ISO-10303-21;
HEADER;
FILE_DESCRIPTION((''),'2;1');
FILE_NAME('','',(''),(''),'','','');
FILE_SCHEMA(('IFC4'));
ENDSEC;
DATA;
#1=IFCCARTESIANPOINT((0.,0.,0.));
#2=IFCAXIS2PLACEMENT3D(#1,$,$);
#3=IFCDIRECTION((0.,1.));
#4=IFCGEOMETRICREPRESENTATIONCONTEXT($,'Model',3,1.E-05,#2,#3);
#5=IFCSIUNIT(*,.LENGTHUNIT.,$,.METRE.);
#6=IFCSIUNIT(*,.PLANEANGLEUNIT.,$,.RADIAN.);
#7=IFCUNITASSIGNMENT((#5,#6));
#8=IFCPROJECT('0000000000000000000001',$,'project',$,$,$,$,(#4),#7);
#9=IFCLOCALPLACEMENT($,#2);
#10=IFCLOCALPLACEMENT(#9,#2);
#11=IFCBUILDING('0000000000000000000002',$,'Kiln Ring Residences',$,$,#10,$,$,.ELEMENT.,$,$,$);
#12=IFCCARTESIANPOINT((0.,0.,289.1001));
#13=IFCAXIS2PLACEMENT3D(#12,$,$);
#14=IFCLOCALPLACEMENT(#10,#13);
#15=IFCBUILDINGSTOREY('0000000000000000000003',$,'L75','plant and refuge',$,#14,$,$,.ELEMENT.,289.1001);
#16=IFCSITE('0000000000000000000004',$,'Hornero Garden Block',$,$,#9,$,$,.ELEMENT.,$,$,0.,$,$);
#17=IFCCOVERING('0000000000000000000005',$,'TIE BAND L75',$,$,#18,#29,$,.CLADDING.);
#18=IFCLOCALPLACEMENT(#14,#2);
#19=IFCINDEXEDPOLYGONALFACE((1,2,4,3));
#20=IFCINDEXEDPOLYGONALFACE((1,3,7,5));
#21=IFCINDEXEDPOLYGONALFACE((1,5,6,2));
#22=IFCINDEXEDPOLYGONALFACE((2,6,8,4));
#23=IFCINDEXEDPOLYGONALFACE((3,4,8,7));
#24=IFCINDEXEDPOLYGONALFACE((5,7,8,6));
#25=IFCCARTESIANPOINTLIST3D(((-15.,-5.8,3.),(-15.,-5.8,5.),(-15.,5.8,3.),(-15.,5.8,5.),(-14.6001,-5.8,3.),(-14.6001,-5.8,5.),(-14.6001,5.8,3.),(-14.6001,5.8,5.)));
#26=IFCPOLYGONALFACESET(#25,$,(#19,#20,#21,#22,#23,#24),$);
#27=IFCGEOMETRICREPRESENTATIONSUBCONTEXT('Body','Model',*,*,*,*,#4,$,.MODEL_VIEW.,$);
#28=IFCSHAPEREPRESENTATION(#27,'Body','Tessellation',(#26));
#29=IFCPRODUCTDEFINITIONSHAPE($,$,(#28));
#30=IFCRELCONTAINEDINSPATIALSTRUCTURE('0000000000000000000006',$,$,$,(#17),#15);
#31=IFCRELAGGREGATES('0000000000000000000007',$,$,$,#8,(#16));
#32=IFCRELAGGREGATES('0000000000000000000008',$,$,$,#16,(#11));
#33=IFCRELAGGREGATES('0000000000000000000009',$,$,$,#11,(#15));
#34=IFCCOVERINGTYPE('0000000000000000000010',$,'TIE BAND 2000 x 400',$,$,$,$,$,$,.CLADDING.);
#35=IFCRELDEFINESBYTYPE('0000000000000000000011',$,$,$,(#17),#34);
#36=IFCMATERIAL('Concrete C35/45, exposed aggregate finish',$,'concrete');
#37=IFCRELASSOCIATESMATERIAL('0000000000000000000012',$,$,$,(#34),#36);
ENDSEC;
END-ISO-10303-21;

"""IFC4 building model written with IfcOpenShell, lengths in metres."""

from ifc_helpers import new_model, si_unit, direction, frame, origin, origin_2d, place, context, subcontext, project, spatial, rectangle, extrude, material, type_object, element, save


model = new_model("IFC4")

# Units and contexts
model_context = context("Model", 3, precision=1e-05, world=origin(), true_north=direction((0.0, 1.0)))
body_context = subcontext(model_context, "Body", "Model", "MODEL_VIEW")
ifc_project = project(units=[si_unit("LENGTHUNIT", "METRE"), si_unit("PLANEANGLEUNIT", "RADIAN")], contexts=[model_context])

# Site, building, storey
site_placement = place(None, origin())
site = spatial("IfcSite", under=ifc_project, at=site_placement, Name="Hornero Garden Block", CompositionType="ELEMENT", RefElevation=0.0)
building_placement = place(site_placement, origin())
building = spatial("IfcBuilding", under=site, at=building_placement, Name="Kiln Ring Residences", CompositionType="ELEMENT")
storey_placement = place(building_placement, frame((0.0, 0.0, 289.1001)))
storey = spatial("IfcBuildingStorey", under=building, at=storey_placement, Name="L75", Description="plant and refuge", CompositionType="ELEMENT", Elevation=289.1001)

# Covering
ifc_material_1 = material(Name="Concrete C35/45, exposed aggregate finish", Category="concrete")
covering_type_1 = type_object("IfcCoveringType", Name="TIE BAND 2000 x 400", PredefinedType="CLADDING", material=ifc_material_1)
covering_1_placement = place(storey_placement, frame((-14.8, 0.0, 3.0), z_axis=(0.0, 0.0, 1.0), x_axis=(0.0, 1.0, 0.0)))
element("IfcCovering", 1, at=covering_1_placement, inside=storey, type_object=covering_type_1, Name="TIE BAND L75", PredefinedType="CLADDING", context=body_context, shape_type="SweptSolid", body=[
    extrude(rectangle(XDim=11.6001, YDim=0.3999, at=origin_2d()), origin(), (0.0, 0.0, 1.0), 2.0),
])

save(model, "model.ifc")
